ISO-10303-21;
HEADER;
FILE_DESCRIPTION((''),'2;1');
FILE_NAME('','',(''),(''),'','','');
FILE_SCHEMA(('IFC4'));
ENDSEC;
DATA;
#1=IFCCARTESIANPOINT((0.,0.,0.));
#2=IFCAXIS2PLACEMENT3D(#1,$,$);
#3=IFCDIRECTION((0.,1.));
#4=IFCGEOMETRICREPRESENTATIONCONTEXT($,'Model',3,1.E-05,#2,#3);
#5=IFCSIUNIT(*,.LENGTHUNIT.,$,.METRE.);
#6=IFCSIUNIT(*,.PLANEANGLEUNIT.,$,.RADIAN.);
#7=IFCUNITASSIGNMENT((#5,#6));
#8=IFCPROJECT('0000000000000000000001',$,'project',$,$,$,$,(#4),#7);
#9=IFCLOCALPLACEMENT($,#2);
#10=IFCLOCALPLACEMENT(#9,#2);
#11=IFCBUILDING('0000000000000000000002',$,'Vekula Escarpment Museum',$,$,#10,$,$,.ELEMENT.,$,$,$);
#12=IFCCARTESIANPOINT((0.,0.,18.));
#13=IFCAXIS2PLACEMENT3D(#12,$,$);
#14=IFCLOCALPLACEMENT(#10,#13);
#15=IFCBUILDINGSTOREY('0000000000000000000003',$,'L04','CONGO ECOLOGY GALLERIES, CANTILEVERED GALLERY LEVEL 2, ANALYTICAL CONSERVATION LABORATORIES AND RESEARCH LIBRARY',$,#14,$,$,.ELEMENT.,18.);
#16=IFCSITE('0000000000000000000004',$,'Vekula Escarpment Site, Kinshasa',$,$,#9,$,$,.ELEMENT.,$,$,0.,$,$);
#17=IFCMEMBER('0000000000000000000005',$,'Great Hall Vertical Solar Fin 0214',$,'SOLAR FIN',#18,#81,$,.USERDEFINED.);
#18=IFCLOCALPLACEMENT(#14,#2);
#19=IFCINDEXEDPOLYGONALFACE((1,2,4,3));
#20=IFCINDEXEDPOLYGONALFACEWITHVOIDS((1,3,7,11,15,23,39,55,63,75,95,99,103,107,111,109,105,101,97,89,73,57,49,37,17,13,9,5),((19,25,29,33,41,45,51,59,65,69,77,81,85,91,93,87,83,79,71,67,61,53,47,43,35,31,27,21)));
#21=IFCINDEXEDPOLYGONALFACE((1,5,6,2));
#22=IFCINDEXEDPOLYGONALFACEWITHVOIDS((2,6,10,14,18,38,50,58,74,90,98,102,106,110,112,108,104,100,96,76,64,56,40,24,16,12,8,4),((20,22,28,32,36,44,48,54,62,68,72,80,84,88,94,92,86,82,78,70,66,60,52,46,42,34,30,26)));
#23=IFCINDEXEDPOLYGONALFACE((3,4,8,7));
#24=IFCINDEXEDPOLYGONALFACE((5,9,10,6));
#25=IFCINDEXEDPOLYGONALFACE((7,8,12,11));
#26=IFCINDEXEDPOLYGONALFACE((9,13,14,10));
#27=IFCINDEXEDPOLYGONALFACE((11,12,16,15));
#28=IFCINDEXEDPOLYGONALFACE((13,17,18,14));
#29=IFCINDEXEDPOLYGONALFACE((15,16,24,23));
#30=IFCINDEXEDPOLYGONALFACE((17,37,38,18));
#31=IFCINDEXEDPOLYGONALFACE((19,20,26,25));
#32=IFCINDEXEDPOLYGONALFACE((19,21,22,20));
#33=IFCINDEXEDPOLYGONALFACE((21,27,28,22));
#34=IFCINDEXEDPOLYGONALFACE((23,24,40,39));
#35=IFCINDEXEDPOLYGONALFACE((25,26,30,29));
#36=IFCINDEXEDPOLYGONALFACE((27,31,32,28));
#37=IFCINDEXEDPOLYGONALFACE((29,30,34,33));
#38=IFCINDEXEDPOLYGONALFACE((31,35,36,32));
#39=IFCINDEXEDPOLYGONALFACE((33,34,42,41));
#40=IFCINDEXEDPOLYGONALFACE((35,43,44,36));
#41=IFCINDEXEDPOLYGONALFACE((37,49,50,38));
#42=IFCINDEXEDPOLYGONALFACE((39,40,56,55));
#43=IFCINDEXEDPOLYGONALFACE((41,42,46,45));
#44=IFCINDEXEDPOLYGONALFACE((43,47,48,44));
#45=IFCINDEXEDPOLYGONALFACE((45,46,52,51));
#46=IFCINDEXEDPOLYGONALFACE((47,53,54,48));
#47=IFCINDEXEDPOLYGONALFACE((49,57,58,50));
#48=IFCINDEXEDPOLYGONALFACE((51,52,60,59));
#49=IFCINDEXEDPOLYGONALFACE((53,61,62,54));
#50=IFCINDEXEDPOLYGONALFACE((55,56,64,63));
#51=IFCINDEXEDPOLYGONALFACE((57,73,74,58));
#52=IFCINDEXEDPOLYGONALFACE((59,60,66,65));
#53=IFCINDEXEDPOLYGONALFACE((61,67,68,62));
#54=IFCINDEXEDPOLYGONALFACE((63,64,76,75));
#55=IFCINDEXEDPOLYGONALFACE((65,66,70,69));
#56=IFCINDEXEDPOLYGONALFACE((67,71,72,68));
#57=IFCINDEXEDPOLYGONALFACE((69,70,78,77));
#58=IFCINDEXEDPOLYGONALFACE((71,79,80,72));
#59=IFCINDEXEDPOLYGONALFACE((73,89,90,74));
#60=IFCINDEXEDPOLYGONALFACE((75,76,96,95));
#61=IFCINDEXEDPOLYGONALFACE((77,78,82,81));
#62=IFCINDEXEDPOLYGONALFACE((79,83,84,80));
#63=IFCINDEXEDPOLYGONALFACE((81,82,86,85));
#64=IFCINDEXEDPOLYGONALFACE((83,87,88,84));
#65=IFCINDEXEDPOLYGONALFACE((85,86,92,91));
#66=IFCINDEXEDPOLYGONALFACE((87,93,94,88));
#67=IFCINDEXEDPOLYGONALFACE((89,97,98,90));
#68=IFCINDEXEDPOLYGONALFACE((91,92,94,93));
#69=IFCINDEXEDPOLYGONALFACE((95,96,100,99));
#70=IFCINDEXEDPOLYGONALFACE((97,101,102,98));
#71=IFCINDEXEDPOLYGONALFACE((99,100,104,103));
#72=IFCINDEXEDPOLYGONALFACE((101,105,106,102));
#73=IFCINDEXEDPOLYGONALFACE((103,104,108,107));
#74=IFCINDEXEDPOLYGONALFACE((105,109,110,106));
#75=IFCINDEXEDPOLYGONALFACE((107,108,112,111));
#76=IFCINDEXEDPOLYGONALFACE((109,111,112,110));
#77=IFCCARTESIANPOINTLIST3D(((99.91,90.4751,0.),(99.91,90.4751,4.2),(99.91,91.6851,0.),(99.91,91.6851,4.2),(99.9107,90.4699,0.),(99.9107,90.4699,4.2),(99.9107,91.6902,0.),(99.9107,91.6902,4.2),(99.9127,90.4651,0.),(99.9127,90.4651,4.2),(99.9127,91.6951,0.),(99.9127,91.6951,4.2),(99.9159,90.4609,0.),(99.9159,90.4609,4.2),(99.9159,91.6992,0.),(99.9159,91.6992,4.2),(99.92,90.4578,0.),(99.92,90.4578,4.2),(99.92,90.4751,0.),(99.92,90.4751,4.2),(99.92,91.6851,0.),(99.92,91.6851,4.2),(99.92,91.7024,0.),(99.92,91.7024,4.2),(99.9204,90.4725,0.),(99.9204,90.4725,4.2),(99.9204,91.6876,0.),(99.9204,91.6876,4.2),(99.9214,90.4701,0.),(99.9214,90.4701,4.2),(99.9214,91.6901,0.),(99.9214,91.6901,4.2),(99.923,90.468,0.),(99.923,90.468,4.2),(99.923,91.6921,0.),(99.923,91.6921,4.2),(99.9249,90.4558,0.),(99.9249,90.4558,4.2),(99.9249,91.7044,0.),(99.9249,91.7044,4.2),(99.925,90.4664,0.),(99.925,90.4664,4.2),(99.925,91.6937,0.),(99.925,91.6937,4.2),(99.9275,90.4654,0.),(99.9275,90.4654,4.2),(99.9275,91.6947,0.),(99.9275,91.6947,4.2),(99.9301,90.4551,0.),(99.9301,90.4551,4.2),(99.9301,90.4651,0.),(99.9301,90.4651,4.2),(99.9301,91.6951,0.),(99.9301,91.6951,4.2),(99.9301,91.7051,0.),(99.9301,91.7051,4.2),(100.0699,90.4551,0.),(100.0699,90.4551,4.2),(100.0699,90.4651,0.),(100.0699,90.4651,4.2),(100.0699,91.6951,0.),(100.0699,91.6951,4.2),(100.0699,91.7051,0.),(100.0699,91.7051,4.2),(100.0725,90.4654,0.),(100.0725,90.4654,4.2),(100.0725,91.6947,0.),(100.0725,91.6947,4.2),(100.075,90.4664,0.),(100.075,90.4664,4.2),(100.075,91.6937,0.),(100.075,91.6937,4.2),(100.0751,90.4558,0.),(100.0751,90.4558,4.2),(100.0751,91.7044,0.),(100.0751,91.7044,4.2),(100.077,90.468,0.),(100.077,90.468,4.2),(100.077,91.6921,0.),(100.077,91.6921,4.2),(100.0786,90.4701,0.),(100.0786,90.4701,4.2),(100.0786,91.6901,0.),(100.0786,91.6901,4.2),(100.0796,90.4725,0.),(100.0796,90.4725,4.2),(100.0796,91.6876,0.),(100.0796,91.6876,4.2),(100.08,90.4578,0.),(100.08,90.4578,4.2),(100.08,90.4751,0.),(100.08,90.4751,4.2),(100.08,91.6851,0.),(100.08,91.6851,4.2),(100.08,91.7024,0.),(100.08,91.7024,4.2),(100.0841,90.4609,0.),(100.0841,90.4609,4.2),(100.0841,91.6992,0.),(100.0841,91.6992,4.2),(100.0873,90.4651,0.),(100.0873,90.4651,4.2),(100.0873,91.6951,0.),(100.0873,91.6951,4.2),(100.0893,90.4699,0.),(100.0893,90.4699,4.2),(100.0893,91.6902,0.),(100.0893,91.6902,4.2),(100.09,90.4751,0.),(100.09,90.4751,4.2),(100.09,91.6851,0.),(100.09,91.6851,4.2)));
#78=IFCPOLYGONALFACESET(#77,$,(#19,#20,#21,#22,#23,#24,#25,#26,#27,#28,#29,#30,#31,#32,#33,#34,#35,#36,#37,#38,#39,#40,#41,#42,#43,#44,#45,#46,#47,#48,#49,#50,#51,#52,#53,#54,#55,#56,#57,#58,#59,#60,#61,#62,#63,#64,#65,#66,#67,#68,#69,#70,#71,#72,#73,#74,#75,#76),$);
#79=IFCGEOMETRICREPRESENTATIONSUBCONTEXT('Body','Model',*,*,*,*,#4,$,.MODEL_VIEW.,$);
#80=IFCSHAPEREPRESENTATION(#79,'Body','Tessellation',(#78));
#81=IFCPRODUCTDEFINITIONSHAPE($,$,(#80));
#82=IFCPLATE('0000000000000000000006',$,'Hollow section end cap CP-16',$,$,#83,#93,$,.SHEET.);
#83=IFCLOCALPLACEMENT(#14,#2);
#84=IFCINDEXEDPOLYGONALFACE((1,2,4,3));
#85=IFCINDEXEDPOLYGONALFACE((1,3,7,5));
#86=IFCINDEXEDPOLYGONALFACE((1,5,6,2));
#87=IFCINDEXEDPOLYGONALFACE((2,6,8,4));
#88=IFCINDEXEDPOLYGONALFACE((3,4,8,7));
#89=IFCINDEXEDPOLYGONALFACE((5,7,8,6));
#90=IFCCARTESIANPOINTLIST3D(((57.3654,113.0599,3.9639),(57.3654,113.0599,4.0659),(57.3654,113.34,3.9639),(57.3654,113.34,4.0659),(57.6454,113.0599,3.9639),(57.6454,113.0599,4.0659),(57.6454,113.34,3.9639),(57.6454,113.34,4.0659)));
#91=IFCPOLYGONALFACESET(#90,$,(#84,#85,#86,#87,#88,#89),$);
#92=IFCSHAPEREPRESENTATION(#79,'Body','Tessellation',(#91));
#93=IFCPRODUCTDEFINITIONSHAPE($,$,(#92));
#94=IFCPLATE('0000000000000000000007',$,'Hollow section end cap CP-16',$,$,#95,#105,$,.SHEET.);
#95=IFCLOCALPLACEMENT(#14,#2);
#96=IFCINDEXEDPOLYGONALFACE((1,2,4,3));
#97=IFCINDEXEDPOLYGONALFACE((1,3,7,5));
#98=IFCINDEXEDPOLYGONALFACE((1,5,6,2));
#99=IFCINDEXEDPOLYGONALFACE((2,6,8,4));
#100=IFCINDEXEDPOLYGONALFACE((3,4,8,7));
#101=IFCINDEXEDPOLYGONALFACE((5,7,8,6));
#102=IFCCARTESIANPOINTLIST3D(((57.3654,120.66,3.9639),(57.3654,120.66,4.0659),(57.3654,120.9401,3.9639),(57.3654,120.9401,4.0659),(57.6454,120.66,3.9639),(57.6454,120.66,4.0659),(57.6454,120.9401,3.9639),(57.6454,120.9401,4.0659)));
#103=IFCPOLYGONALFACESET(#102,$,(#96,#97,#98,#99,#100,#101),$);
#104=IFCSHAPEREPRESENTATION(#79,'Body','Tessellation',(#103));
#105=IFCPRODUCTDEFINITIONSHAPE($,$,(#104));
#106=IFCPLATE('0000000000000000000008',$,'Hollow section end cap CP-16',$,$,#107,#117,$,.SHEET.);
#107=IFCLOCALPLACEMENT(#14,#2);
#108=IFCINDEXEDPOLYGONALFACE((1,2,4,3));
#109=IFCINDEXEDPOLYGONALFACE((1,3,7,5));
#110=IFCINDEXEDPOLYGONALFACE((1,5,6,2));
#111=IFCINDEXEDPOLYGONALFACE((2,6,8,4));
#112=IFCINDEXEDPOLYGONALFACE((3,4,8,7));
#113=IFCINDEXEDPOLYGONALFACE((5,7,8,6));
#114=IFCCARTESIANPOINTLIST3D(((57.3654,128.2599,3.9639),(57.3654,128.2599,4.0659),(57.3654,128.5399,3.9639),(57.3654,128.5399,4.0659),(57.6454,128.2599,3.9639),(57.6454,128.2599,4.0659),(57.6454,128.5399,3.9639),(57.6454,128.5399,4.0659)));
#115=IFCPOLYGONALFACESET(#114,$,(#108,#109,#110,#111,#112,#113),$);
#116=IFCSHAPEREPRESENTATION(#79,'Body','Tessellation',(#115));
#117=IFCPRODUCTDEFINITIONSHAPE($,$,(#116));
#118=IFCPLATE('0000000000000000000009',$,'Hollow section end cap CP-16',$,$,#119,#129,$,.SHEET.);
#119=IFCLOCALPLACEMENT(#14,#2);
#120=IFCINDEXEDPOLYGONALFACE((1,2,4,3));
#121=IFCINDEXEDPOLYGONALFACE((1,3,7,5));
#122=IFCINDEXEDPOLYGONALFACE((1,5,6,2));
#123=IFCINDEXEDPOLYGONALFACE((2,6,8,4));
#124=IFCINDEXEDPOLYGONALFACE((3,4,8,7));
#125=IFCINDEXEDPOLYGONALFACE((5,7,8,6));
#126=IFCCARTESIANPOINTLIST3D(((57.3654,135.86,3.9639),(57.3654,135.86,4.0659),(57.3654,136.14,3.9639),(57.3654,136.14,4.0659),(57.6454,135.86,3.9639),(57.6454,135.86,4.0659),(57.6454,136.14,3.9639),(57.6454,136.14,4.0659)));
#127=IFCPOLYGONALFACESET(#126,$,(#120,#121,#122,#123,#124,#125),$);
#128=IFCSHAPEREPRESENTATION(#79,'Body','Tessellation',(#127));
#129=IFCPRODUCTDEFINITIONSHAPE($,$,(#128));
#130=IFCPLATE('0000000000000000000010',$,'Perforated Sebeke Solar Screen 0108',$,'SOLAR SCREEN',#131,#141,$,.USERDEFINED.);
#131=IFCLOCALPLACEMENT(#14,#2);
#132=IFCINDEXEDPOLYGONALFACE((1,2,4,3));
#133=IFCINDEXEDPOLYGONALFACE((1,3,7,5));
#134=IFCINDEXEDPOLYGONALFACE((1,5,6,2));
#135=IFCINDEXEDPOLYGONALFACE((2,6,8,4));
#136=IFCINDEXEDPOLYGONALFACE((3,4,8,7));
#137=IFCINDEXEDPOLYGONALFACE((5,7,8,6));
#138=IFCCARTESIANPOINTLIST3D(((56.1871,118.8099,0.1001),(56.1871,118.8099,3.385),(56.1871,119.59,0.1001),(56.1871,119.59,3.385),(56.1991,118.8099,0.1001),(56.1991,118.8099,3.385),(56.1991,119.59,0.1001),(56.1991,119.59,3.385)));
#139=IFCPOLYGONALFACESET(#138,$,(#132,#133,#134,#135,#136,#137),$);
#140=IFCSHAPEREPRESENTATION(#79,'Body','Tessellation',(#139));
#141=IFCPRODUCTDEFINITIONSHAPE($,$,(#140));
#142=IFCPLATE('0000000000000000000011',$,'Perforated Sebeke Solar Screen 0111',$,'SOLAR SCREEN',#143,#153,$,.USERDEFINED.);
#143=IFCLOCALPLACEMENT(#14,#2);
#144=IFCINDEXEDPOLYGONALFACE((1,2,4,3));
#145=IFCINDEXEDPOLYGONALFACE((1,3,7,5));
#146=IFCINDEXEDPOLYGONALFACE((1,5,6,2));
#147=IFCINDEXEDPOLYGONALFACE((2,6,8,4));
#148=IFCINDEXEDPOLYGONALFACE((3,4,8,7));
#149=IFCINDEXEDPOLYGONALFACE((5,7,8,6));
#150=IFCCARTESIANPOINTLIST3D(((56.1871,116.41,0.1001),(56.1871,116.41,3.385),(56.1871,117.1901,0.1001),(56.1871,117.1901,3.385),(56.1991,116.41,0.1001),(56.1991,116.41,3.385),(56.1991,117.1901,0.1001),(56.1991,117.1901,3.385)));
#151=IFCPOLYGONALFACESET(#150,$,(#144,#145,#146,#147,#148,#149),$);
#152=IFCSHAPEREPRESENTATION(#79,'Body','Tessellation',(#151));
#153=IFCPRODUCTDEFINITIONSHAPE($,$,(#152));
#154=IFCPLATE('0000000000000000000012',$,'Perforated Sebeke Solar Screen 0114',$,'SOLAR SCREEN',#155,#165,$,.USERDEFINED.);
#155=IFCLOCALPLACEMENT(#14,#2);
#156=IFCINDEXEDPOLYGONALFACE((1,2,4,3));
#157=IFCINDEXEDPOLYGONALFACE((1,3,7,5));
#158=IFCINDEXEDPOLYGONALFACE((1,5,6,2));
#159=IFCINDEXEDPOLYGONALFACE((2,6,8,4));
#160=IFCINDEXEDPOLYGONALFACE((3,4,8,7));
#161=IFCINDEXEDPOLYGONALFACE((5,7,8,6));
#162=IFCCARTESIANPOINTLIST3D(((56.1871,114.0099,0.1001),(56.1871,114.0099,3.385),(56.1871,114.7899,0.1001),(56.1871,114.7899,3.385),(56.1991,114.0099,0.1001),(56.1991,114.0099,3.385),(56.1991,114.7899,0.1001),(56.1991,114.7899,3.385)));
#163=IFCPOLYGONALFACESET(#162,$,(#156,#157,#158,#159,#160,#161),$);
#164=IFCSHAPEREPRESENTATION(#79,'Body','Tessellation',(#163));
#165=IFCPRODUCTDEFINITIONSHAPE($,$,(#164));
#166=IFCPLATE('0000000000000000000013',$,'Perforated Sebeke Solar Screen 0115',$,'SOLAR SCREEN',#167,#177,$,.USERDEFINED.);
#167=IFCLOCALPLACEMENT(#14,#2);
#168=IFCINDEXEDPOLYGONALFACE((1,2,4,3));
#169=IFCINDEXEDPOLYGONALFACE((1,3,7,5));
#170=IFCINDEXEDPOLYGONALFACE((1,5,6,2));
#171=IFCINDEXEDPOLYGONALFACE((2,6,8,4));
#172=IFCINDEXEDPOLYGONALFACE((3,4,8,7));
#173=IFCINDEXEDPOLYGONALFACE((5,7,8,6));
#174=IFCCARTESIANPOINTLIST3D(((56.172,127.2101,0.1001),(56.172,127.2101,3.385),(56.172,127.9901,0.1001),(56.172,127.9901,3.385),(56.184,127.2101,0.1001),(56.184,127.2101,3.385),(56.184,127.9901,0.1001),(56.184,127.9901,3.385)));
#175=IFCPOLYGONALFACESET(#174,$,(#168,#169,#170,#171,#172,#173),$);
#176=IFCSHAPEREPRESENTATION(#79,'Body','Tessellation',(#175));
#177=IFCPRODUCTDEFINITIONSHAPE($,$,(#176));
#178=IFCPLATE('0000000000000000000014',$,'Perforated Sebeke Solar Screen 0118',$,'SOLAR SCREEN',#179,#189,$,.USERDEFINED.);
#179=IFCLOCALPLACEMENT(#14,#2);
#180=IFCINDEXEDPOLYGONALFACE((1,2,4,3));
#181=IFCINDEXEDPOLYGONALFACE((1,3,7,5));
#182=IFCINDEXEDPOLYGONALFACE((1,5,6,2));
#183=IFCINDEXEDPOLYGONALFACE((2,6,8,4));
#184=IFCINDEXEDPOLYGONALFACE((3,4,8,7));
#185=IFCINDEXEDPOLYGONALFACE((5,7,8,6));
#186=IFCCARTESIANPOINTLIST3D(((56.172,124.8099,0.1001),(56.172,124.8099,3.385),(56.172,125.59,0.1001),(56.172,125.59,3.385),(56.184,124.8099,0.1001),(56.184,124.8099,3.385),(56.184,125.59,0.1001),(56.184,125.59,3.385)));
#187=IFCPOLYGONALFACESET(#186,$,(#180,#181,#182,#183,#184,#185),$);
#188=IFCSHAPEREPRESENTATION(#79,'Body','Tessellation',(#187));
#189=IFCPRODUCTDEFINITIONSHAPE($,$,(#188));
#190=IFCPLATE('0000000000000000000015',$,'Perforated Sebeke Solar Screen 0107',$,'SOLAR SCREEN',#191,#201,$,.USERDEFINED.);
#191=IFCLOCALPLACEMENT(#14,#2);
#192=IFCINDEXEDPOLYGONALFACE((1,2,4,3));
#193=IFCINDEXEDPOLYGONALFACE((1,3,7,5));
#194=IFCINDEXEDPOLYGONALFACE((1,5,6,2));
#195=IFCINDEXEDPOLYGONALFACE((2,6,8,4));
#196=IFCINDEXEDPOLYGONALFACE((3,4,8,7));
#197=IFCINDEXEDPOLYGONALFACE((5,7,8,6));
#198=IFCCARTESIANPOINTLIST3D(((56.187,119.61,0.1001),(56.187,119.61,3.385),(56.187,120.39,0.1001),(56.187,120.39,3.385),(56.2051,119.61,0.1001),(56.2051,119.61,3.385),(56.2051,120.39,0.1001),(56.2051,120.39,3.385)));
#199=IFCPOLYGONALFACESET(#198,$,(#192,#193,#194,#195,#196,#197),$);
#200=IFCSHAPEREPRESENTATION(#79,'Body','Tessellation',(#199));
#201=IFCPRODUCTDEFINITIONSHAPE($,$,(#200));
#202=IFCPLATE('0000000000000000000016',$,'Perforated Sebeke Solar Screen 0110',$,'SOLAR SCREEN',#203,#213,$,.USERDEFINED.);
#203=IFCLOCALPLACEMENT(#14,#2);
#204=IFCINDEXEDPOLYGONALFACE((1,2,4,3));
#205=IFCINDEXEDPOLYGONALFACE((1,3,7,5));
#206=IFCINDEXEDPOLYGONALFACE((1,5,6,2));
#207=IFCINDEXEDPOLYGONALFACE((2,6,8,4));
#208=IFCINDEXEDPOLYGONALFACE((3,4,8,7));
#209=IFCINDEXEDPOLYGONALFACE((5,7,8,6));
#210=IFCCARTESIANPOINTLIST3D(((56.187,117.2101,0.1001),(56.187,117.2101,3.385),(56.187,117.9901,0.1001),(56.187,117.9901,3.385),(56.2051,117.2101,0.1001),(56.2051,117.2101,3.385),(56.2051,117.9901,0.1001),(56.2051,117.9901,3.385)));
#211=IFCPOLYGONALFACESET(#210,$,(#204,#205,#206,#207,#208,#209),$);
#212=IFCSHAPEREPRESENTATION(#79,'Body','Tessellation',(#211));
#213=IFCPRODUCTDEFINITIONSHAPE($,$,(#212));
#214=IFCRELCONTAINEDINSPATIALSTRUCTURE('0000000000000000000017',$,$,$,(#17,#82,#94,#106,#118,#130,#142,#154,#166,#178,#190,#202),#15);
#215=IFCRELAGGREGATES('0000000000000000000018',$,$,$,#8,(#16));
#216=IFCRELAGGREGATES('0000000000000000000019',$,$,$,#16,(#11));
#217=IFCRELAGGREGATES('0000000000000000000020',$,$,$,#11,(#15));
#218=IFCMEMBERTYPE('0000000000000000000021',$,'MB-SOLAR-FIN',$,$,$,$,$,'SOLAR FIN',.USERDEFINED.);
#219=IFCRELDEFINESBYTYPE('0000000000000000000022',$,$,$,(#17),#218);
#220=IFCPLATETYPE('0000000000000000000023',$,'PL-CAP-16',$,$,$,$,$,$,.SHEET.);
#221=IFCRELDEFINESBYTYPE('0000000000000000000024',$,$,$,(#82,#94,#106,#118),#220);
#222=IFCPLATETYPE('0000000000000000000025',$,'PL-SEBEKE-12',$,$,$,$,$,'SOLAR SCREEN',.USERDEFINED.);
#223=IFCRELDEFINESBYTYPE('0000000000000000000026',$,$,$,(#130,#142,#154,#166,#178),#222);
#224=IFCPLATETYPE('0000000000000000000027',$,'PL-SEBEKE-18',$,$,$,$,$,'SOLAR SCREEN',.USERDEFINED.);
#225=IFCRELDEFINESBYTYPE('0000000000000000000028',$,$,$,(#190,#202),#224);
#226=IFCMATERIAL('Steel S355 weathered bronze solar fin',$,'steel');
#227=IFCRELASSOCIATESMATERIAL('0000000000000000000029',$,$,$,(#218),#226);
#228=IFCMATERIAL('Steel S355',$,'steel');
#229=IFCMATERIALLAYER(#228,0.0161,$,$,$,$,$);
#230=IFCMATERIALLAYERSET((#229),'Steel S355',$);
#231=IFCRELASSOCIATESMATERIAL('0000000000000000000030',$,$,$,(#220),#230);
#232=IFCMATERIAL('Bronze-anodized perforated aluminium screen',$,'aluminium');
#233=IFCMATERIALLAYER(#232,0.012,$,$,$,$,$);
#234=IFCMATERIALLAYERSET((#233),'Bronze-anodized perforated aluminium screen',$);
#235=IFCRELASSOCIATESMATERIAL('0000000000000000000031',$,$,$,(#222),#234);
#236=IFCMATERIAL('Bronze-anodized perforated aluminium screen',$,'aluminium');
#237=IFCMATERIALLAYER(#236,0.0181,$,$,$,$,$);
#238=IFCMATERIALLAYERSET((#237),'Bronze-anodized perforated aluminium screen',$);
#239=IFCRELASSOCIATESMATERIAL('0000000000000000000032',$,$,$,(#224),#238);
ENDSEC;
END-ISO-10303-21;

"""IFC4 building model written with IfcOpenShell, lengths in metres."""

from ifc_helpers import new_model, si_unit, direction, frame, origin, origin_2d, place, context, subcontext, project, spatial, rectangle, hollow_rectangle, extrude, material, layer, layer_set, material_profile, profile_set, type_object, element, save


model = new_model("IFC4")

# Units and contexts
model_context = context("Model", 3, precision=1e-05, world=origin(), true_north=direction((0.0, 1.0)))
body_context = subcontext(model_context, "Body", "Model", "MODEL_VIEW")
ifc_project = project(units=[si_unit("LENGTHUNIT", "METRE"), si_unit("PLANEANGLEUNIT", "RADIAN")], contexts=[model_context])

# Site, building, storey
site_placement = place(None, origin())
site = spatial("IfcSite", under=ifc_project, at=site_placement, Name="Vekula Escarpment Site, Kinshasa", CompositionType="ELEMENT", RefElevation=0.0)
building_placement = place(site_placement, origin())
building = spatial("IfcBuilding", under=site, at=building_placement, Name="Vekula Escarpment Museum", CompositionType="ELEMENT")
storey_placement = place(building_placement, frame((0.0, 0.0, 18.0)))
storey = spatial("IfcBuildingStorey", under=building, at=storey_placement, Name="L04", Description="CONGO ECOLOGY GALLERIES, CANTILEVERED GALLERY LEVEL 2, ANALYTICAL CONSERVATION LABORATORIES AND RESEARCH LIBRARY", CompositionType="ELEMENT", Elevation=18.0)

# Member
ifc_material_1 = material(Name="Steel S355 weathered bronze solar fin", Category="steel")
ifc_material_profile = material_profile(ifc_material_1, hollow_rectangle(XDim=0.1799, YDim=1.25, WallThickness=0.01, InnerFilletRadius=0.01, OuterFilletRadius=0.02, at=origin_2d()), Name="RHS 1250x180x10")
ifc_profile_set = profile_set([ifc_material_profile], Name="Steel S355 weathered bronze solar fin")
member_type = type_object("IfcMemberType", Name="MB-SOLAR-FIN", ElementType="SOLAR FIN", PredefinedType="USERDEFINED", material=ifc_profile_set)
for number, where, z_axis, x_axis, name in (
    (1, (100.0, 91.0801, 0.0), (0.0, 0.0, 1.0), (1.0, 0.0, 0.0), "Great Hall Vertical Solar Fin 0214"),
):
    element("IfcMember", number, at=place(storey_placement, frame(where, z_axis=z_axis, x_axis=x_axis)), inside=storey, type_object=member_type, Name=name, ObjectType="SOLAR FIN", PredefinedType="USERDEFINED", context=body_context, shape_type="SweptSolid", body=[
        extrude(hollow_rectangle(XDim=0.1799, YDim=1.25, WallThickness=0.01, InnerFilletRadius=0.01, OuterFilletRadius=0.02, at=origin_2d()), origin(), (0.0, 0.0, 1.0), 4.2),
    ])

# Plates
ifc_material_2 = material(Name="Steel S355", Category="steel")
ifc_layer_1 = layer(ifc_material_2, 0.0161)
ifc_layer_set_1 = layer_set([ifc_layer_1], Name="Steel S355")
plate_type_1 = type_object("IfcPlateType", Name="PL-CAP-16", PredefinedType="SHEET", material=ifc_layer_set_1)
for number, where, z_axis, x_axis, name in (
    (2, (57.5054, 113.2, 3.9639), (0.0, 0.0, 1.0), (1.0, 0.0, 0.0), "Hollow section end cap CP-16"),
    (3, (57.5054, 120.8, 3.9639), (0.0, 0.0, 1.0), (1.0, 0.0, 0.0), "Hollow section end cap CP-16"),
    (4, (57.5054, 128.3999, 3.9639), (0.0, 0.0, 1.0), (1.0, 0.0, 0.0), "Hollow section end cap CP-16"),
    (5, (57.5054, 136.0, 3.9639), (0.0, 0.0, 1.0), (1.0, 0.0, 0.0), "Hollow section end cap CP-16"),
):
    element("IfcPlate", number, at=place(storey_placement, frame(where, z_axis=z_axis, x_axis=x_axis)), inside=storey, type_object=plate_type_1, Name=name, PredefinedType="SHEET", context=body_context, shape_type="SweptSolid", body=[
        extrude(rectangle(XDim=0.28, YDim=0.28, at=origin_2d()), origin(), (0.0, 0.0, 1.0), 0.1021),
    ])
ifc_material_3 = material(Name="Bronze-anodized perforated aluminium screen", Category="aluminium")
ifc_layer_2 = layer(ifc_material_3, 0.012)
ifc_layer_set_2 = layer_set([ifc_layer_2], Name="Bronze-anodized perforated aluminium screen")
plate_type_2 = type_object("IfcPlateType", Name="PL-SEBEKE-12", ElementType="SOLAR SCREEN", PredefinedType="USERDEFINED", material=ifc_layer_set_2)
for number, where, z_axis, x_axis, name in (
    (6, (56.1931, 119.2, 0.1001), (0.0, 0.0, 1.0), (0.0, 1.0, 0.0), "Perforated Sebeke Solar Screen 0108"),
    (7, (56.1931, 116.8, 0.1001), (0.0, 0.0, 1.0), (0.0, 1.0, 0.0), "Perforated Sebeke Solar Screen 0111"),
    (8, (56.1931, 114.3999, 0.1001), (0.0, 0.0, 1.0), (0.0, 1.0, 0.0), "Perforated Sebeke Solar Screen 0114"),
    (9, (56.178, 127.6001, 0.1001), (0.0, 0.0, 1.0), (0.0, 1.0, 0.0), "Perforated Sebeke Solar Screen 0115"),
    (10, (56.178, 125.2, 0.1001), (0.0, 0.0, 1.0), (0.0, 1.0, 0.0), "Perforated Sebeke Solar Screen 0118"),
):
    element("IfcPlate", number, at=place(storey_placement, frame(where, z_axis=z_axis, x_axis=x_axis)), inside=storey, type_object=plate_type_2, Name=name, ObjectType="SOLAR SCREEN", PredefinedType="USERDEFINED", context=body_context, shape_type="SweptSolid", body=[
        extrude(rectangle(XDim=0.78, YDim=0.012, at=origin_2d()), origin(), (0.0, 0.0, 1.0), 3.2849),
    ])
ifc_material_4 = material(Name="Bronze-anodized perforated aluminium screen", Category="aluminium")
ifc_layer_3 = layer(ifc_material_4, 0.0181)
ifc_layer_set_3 = layer_set([ifc_layer_3], Name="Bronze-anodized perforated aluminium screen")
plate_type_3 = type_object("IfcPlateType", Name="PL-SEBEKE-18", ElementType="SOLAR SCREEN", PredefinedType="USERDEFINED", material=ifc_layer_set_3)
for number, where, z_axis, x_axis, name in (
    (11, (56.196, 120.0, 0.1001), (0.0, 0.0, 1.0), (0.0, 1.0, 0.0), "Perforated Sebeke Solar Screen 0107"),
    (12, (56.196, 117.6001, 0.1001), (0.0, 0.0, 1.0), (0.0, 1.0, 0.0), "Perforated Sebeke Solar Screen 0110"),
):
    element("IfcPlate", number, at=place(storey_placement, frame(where, z_axis=z_axis, x_axis=x_axis)), inside=storey, type_object=plate_type_3, Name=name, ObjectType="SOLAR SCREEN", PredefinedType="USERDEFINED", context=body_context, shape_type="SweptSolid", body=[
        extrude(rectangle(XDim=0.78, YDim=0.0181, at=origin_2d()), origin(), (0.0, 0.0, 1.0), 3.2849),
    ])

save(model, "model.ifc")
